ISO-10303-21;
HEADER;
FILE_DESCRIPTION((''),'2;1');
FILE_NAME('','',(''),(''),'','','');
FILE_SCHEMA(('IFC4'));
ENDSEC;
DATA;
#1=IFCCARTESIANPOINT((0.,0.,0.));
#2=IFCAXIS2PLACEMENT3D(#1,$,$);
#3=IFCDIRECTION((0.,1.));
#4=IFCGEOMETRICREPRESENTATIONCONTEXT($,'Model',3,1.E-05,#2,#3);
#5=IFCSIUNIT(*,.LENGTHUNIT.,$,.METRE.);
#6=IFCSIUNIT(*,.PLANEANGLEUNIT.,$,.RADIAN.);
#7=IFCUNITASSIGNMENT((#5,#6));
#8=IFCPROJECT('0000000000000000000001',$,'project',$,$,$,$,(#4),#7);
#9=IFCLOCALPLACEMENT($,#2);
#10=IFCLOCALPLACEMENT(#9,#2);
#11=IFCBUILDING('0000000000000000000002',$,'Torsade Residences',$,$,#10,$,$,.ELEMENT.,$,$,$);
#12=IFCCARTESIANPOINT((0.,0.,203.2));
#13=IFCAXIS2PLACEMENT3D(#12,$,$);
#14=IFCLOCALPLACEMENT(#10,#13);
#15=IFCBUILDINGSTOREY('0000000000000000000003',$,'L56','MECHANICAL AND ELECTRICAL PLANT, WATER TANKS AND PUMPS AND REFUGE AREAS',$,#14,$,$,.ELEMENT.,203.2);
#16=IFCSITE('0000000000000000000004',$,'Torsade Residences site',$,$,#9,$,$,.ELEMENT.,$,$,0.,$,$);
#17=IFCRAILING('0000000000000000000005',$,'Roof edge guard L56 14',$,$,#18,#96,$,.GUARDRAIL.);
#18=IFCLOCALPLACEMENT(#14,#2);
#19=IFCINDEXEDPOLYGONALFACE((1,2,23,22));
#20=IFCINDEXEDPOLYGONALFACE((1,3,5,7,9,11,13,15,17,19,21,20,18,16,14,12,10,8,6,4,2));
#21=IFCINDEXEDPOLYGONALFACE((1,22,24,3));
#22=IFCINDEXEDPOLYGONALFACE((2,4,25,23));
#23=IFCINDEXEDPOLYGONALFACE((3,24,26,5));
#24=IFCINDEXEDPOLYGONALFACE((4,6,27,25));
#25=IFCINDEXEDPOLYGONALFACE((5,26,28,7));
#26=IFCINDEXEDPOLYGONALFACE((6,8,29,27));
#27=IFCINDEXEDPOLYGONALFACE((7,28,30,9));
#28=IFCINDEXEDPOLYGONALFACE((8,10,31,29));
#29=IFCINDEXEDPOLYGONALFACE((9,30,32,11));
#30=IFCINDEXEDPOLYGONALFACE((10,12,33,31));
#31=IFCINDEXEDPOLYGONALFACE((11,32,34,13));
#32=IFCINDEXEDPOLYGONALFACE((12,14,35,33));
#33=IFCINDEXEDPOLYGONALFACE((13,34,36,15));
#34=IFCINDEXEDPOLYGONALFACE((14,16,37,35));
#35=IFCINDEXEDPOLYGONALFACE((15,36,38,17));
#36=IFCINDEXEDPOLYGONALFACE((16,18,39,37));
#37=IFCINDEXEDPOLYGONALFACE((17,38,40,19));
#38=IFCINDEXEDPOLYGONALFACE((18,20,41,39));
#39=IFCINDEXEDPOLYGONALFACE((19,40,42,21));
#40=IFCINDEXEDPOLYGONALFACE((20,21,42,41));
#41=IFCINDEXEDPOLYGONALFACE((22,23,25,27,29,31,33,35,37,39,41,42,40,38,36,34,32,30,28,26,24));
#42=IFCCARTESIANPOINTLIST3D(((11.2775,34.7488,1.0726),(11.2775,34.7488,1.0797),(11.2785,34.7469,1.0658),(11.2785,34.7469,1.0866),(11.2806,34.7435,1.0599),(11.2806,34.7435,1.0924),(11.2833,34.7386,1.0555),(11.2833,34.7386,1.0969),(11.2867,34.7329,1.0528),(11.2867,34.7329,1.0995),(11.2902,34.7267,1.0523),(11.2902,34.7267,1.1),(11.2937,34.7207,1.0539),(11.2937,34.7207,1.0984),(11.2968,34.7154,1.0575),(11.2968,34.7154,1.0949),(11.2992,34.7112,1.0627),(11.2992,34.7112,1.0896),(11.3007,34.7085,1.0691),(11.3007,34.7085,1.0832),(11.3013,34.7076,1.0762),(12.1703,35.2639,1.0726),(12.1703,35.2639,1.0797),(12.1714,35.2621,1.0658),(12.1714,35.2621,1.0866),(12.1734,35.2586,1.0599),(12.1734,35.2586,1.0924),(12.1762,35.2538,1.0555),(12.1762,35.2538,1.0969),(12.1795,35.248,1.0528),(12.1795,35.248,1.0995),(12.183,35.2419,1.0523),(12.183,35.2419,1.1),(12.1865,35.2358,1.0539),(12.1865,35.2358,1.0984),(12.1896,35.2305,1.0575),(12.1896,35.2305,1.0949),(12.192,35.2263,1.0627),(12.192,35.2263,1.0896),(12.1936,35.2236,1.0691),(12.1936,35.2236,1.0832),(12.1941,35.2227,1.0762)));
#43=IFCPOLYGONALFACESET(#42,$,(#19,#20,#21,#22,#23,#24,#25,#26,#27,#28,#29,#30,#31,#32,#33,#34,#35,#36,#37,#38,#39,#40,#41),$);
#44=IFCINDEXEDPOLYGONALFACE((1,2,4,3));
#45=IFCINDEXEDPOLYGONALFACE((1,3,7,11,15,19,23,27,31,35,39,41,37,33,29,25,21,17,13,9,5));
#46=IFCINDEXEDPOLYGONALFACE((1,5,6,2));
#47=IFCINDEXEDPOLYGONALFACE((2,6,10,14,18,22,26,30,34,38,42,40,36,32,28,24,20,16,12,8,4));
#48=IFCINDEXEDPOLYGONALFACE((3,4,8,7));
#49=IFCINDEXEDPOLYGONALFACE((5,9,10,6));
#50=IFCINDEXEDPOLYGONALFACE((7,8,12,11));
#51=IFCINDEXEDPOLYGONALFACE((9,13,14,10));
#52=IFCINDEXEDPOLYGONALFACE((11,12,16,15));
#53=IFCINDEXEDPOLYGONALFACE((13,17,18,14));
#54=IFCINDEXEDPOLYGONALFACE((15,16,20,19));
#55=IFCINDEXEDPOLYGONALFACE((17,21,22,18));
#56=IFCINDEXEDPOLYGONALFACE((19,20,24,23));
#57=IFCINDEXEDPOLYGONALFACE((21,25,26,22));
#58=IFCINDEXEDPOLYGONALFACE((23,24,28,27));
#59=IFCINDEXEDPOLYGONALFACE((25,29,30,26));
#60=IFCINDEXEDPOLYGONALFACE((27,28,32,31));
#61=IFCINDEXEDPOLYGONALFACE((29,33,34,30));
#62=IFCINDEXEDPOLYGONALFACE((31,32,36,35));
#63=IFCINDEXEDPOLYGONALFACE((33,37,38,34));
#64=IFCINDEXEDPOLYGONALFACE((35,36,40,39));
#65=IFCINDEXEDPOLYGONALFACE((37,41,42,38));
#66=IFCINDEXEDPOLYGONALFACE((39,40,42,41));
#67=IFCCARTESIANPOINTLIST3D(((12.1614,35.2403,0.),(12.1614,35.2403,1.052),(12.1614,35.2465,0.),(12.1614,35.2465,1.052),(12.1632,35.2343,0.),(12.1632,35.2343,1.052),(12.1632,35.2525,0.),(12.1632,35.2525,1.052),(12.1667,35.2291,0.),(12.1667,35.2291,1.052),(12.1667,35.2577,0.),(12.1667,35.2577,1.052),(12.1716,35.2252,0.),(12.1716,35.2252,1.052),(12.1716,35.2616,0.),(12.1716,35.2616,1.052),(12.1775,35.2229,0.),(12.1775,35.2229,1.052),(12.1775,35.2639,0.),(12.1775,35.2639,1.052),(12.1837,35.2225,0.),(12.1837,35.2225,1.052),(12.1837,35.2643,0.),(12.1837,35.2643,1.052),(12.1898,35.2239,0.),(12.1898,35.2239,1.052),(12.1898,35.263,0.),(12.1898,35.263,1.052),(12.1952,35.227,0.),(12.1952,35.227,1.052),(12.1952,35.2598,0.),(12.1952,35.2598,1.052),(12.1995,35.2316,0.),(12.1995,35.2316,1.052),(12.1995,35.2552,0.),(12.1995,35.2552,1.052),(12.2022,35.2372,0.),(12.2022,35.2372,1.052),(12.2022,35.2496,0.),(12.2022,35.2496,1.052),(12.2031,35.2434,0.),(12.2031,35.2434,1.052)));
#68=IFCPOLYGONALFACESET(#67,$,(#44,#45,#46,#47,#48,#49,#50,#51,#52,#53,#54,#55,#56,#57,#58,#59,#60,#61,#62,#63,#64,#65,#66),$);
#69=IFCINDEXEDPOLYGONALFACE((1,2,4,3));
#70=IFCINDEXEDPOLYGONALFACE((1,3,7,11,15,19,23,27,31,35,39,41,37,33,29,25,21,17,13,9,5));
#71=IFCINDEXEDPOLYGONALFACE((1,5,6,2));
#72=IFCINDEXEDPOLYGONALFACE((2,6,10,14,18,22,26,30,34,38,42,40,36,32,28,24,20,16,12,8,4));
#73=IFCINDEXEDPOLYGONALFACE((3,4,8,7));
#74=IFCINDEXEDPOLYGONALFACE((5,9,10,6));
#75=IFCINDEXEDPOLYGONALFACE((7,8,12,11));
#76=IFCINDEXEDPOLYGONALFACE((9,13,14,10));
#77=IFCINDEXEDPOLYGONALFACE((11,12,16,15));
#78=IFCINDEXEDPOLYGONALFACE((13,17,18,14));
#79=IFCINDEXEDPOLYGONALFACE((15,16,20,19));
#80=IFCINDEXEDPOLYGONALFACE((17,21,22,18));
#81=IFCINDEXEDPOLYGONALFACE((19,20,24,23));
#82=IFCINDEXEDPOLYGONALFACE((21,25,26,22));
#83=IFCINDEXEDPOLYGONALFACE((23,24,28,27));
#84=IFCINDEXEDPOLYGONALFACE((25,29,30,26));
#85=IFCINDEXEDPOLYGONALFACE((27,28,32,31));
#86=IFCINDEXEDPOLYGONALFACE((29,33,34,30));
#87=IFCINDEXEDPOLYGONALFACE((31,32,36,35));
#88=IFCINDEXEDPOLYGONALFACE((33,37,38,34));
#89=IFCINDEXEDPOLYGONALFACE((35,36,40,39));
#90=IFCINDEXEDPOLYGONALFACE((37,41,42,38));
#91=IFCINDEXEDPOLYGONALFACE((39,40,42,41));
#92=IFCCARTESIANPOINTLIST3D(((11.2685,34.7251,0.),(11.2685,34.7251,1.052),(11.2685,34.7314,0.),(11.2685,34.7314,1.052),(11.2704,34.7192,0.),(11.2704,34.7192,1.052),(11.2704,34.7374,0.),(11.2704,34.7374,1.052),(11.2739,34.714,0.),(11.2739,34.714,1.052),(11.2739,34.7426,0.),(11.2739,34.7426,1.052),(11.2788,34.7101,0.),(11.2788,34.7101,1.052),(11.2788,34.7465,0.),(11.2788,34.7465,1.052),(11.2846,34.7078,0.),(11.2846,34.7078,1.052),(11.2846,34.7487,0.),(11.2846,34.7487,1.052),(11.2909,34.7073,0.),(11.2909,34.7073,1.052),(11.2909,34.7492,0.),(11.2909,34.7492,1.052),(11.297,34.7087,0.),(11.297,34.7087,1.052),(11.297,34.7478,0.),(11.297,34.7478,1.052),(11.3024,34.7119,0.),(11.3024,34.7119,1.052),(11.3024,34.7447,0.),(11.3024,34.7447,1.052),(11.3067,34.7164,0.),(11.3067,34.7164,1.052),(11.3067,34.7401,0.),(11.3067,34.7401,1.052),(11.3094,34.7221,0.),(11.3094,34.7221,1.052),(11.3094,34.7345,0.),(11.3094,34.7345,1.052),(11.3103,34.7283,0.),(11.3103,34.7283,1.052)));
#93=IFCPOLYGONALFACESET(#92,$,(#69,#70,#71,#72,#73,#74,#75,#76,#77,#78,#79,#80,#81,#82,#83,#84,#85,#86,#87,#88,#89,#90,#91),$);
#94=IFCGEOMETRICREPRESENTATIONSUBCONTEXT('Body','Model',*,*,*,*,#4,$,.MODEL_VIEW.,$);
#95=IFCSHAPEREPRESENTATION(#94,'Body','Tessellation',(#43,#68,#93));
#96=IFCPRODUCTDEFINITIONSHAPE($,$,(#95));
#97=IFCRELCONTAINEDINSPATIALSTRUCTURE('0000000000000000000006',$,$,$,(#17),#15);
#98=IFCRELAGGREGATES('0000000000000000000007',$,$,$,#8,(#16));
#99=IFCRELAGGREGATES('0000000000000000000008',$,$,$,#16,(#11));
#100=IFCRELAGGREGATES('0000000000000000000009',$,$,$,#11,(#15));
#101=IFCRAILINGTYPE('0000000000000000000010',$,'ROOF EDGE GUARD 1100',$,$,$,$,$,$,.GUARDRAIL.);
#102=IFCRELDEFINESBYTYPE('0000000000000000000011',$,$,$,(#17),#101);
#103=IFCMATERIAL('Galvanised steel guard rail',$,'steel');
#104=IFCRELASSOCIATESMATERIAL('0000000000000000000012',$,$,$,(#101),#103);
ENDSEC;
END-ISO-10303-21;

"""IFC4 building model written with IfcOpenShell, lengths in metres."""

from ifc_helpers import new_model, si_unit, direction, frame, origin, origin_2d, place, context, subcontext, project, spatial, circle, extrude, material, type_object, element, save


model = new_model("IFC4")

# Units and contexts
model_context = context("Model", 3, precision=1e-05, world=origin(), true_north=direction((0.0, 1.0)))
body_context = subcontext(model_context, "Body", "Model", "MODEL_VIEW")
ifc_project = project(units=[si_unit("LENGTHUNIT", "METRE"), si_unit("PLANEANGLEUNIT", "RADIAN")], contexts=[model_context])

# Site, building, storey
site_placement = place(None, origin())
site = spatial("IfcSite", under=ifc_project, at=site_placement, Name="Torsade Residences site", CompositionType="ELEMENT", RefElevation=0.0)
building_placement = place(site_placement, origin())
building = spatial("IfcBuilding", under=site, at=building_placement, Name="Torsade Residences", CompositionType="ELEMENT")
storey_placement = place(building_placement, frame((0.0, 0.0, 203.2)))
storey = spatial("IfcBuildingStorey", under=building, at=storey_placement, Name="L56", Description="MECHANICAL AND ELECTRICAL PLANT, WATER TANKS AND PUMPS AND REFUGE AREAS", CompositionType="ELEMENT", Elevation=203.2)

# Railing
ifc_material_1 = material(Name="Galvanised steel guard rail", Category="steel")
railing_type = type_object("IfcRailingType", Name="ROOF EDGE GUARD 1100", PredefinedType="GUARDRAIL", material=ifc_material_1)
railing_1_placement = place(storey_placement, frame((12.1821, 35.2434, 0.0)))
element("IfcRailing", 1, at=railing_1_placement, inside=storey, type_object=railing_type, Name="Roof edge guard L56 14", PredefinedType="GUARDRAIL", context=body_context, shape_type="SweptSolid", body=[
    extrude(circle(Radius=0.0239, at=origin_2d()), frame((0.0, 0.0, 1.0762), z_axis=(-0.866166, -0.499757, 0.0), x_axis=(0.499757, -0.866166, 0.0)), (0.0, 0.0, 1.0), 1.0308),
    extrude(circle(Radius=0.021, at=origin_2d()), origin(), (0.0, 0.0, 1.0), 1.052),
    extrude(circle(Radius=0.021, at=origin_2d()), frame((-0.8928, -0.5151, 0.0)), (0.0, 0.0, 1.0), 1.052),
])

save(model, "model.ifc")
